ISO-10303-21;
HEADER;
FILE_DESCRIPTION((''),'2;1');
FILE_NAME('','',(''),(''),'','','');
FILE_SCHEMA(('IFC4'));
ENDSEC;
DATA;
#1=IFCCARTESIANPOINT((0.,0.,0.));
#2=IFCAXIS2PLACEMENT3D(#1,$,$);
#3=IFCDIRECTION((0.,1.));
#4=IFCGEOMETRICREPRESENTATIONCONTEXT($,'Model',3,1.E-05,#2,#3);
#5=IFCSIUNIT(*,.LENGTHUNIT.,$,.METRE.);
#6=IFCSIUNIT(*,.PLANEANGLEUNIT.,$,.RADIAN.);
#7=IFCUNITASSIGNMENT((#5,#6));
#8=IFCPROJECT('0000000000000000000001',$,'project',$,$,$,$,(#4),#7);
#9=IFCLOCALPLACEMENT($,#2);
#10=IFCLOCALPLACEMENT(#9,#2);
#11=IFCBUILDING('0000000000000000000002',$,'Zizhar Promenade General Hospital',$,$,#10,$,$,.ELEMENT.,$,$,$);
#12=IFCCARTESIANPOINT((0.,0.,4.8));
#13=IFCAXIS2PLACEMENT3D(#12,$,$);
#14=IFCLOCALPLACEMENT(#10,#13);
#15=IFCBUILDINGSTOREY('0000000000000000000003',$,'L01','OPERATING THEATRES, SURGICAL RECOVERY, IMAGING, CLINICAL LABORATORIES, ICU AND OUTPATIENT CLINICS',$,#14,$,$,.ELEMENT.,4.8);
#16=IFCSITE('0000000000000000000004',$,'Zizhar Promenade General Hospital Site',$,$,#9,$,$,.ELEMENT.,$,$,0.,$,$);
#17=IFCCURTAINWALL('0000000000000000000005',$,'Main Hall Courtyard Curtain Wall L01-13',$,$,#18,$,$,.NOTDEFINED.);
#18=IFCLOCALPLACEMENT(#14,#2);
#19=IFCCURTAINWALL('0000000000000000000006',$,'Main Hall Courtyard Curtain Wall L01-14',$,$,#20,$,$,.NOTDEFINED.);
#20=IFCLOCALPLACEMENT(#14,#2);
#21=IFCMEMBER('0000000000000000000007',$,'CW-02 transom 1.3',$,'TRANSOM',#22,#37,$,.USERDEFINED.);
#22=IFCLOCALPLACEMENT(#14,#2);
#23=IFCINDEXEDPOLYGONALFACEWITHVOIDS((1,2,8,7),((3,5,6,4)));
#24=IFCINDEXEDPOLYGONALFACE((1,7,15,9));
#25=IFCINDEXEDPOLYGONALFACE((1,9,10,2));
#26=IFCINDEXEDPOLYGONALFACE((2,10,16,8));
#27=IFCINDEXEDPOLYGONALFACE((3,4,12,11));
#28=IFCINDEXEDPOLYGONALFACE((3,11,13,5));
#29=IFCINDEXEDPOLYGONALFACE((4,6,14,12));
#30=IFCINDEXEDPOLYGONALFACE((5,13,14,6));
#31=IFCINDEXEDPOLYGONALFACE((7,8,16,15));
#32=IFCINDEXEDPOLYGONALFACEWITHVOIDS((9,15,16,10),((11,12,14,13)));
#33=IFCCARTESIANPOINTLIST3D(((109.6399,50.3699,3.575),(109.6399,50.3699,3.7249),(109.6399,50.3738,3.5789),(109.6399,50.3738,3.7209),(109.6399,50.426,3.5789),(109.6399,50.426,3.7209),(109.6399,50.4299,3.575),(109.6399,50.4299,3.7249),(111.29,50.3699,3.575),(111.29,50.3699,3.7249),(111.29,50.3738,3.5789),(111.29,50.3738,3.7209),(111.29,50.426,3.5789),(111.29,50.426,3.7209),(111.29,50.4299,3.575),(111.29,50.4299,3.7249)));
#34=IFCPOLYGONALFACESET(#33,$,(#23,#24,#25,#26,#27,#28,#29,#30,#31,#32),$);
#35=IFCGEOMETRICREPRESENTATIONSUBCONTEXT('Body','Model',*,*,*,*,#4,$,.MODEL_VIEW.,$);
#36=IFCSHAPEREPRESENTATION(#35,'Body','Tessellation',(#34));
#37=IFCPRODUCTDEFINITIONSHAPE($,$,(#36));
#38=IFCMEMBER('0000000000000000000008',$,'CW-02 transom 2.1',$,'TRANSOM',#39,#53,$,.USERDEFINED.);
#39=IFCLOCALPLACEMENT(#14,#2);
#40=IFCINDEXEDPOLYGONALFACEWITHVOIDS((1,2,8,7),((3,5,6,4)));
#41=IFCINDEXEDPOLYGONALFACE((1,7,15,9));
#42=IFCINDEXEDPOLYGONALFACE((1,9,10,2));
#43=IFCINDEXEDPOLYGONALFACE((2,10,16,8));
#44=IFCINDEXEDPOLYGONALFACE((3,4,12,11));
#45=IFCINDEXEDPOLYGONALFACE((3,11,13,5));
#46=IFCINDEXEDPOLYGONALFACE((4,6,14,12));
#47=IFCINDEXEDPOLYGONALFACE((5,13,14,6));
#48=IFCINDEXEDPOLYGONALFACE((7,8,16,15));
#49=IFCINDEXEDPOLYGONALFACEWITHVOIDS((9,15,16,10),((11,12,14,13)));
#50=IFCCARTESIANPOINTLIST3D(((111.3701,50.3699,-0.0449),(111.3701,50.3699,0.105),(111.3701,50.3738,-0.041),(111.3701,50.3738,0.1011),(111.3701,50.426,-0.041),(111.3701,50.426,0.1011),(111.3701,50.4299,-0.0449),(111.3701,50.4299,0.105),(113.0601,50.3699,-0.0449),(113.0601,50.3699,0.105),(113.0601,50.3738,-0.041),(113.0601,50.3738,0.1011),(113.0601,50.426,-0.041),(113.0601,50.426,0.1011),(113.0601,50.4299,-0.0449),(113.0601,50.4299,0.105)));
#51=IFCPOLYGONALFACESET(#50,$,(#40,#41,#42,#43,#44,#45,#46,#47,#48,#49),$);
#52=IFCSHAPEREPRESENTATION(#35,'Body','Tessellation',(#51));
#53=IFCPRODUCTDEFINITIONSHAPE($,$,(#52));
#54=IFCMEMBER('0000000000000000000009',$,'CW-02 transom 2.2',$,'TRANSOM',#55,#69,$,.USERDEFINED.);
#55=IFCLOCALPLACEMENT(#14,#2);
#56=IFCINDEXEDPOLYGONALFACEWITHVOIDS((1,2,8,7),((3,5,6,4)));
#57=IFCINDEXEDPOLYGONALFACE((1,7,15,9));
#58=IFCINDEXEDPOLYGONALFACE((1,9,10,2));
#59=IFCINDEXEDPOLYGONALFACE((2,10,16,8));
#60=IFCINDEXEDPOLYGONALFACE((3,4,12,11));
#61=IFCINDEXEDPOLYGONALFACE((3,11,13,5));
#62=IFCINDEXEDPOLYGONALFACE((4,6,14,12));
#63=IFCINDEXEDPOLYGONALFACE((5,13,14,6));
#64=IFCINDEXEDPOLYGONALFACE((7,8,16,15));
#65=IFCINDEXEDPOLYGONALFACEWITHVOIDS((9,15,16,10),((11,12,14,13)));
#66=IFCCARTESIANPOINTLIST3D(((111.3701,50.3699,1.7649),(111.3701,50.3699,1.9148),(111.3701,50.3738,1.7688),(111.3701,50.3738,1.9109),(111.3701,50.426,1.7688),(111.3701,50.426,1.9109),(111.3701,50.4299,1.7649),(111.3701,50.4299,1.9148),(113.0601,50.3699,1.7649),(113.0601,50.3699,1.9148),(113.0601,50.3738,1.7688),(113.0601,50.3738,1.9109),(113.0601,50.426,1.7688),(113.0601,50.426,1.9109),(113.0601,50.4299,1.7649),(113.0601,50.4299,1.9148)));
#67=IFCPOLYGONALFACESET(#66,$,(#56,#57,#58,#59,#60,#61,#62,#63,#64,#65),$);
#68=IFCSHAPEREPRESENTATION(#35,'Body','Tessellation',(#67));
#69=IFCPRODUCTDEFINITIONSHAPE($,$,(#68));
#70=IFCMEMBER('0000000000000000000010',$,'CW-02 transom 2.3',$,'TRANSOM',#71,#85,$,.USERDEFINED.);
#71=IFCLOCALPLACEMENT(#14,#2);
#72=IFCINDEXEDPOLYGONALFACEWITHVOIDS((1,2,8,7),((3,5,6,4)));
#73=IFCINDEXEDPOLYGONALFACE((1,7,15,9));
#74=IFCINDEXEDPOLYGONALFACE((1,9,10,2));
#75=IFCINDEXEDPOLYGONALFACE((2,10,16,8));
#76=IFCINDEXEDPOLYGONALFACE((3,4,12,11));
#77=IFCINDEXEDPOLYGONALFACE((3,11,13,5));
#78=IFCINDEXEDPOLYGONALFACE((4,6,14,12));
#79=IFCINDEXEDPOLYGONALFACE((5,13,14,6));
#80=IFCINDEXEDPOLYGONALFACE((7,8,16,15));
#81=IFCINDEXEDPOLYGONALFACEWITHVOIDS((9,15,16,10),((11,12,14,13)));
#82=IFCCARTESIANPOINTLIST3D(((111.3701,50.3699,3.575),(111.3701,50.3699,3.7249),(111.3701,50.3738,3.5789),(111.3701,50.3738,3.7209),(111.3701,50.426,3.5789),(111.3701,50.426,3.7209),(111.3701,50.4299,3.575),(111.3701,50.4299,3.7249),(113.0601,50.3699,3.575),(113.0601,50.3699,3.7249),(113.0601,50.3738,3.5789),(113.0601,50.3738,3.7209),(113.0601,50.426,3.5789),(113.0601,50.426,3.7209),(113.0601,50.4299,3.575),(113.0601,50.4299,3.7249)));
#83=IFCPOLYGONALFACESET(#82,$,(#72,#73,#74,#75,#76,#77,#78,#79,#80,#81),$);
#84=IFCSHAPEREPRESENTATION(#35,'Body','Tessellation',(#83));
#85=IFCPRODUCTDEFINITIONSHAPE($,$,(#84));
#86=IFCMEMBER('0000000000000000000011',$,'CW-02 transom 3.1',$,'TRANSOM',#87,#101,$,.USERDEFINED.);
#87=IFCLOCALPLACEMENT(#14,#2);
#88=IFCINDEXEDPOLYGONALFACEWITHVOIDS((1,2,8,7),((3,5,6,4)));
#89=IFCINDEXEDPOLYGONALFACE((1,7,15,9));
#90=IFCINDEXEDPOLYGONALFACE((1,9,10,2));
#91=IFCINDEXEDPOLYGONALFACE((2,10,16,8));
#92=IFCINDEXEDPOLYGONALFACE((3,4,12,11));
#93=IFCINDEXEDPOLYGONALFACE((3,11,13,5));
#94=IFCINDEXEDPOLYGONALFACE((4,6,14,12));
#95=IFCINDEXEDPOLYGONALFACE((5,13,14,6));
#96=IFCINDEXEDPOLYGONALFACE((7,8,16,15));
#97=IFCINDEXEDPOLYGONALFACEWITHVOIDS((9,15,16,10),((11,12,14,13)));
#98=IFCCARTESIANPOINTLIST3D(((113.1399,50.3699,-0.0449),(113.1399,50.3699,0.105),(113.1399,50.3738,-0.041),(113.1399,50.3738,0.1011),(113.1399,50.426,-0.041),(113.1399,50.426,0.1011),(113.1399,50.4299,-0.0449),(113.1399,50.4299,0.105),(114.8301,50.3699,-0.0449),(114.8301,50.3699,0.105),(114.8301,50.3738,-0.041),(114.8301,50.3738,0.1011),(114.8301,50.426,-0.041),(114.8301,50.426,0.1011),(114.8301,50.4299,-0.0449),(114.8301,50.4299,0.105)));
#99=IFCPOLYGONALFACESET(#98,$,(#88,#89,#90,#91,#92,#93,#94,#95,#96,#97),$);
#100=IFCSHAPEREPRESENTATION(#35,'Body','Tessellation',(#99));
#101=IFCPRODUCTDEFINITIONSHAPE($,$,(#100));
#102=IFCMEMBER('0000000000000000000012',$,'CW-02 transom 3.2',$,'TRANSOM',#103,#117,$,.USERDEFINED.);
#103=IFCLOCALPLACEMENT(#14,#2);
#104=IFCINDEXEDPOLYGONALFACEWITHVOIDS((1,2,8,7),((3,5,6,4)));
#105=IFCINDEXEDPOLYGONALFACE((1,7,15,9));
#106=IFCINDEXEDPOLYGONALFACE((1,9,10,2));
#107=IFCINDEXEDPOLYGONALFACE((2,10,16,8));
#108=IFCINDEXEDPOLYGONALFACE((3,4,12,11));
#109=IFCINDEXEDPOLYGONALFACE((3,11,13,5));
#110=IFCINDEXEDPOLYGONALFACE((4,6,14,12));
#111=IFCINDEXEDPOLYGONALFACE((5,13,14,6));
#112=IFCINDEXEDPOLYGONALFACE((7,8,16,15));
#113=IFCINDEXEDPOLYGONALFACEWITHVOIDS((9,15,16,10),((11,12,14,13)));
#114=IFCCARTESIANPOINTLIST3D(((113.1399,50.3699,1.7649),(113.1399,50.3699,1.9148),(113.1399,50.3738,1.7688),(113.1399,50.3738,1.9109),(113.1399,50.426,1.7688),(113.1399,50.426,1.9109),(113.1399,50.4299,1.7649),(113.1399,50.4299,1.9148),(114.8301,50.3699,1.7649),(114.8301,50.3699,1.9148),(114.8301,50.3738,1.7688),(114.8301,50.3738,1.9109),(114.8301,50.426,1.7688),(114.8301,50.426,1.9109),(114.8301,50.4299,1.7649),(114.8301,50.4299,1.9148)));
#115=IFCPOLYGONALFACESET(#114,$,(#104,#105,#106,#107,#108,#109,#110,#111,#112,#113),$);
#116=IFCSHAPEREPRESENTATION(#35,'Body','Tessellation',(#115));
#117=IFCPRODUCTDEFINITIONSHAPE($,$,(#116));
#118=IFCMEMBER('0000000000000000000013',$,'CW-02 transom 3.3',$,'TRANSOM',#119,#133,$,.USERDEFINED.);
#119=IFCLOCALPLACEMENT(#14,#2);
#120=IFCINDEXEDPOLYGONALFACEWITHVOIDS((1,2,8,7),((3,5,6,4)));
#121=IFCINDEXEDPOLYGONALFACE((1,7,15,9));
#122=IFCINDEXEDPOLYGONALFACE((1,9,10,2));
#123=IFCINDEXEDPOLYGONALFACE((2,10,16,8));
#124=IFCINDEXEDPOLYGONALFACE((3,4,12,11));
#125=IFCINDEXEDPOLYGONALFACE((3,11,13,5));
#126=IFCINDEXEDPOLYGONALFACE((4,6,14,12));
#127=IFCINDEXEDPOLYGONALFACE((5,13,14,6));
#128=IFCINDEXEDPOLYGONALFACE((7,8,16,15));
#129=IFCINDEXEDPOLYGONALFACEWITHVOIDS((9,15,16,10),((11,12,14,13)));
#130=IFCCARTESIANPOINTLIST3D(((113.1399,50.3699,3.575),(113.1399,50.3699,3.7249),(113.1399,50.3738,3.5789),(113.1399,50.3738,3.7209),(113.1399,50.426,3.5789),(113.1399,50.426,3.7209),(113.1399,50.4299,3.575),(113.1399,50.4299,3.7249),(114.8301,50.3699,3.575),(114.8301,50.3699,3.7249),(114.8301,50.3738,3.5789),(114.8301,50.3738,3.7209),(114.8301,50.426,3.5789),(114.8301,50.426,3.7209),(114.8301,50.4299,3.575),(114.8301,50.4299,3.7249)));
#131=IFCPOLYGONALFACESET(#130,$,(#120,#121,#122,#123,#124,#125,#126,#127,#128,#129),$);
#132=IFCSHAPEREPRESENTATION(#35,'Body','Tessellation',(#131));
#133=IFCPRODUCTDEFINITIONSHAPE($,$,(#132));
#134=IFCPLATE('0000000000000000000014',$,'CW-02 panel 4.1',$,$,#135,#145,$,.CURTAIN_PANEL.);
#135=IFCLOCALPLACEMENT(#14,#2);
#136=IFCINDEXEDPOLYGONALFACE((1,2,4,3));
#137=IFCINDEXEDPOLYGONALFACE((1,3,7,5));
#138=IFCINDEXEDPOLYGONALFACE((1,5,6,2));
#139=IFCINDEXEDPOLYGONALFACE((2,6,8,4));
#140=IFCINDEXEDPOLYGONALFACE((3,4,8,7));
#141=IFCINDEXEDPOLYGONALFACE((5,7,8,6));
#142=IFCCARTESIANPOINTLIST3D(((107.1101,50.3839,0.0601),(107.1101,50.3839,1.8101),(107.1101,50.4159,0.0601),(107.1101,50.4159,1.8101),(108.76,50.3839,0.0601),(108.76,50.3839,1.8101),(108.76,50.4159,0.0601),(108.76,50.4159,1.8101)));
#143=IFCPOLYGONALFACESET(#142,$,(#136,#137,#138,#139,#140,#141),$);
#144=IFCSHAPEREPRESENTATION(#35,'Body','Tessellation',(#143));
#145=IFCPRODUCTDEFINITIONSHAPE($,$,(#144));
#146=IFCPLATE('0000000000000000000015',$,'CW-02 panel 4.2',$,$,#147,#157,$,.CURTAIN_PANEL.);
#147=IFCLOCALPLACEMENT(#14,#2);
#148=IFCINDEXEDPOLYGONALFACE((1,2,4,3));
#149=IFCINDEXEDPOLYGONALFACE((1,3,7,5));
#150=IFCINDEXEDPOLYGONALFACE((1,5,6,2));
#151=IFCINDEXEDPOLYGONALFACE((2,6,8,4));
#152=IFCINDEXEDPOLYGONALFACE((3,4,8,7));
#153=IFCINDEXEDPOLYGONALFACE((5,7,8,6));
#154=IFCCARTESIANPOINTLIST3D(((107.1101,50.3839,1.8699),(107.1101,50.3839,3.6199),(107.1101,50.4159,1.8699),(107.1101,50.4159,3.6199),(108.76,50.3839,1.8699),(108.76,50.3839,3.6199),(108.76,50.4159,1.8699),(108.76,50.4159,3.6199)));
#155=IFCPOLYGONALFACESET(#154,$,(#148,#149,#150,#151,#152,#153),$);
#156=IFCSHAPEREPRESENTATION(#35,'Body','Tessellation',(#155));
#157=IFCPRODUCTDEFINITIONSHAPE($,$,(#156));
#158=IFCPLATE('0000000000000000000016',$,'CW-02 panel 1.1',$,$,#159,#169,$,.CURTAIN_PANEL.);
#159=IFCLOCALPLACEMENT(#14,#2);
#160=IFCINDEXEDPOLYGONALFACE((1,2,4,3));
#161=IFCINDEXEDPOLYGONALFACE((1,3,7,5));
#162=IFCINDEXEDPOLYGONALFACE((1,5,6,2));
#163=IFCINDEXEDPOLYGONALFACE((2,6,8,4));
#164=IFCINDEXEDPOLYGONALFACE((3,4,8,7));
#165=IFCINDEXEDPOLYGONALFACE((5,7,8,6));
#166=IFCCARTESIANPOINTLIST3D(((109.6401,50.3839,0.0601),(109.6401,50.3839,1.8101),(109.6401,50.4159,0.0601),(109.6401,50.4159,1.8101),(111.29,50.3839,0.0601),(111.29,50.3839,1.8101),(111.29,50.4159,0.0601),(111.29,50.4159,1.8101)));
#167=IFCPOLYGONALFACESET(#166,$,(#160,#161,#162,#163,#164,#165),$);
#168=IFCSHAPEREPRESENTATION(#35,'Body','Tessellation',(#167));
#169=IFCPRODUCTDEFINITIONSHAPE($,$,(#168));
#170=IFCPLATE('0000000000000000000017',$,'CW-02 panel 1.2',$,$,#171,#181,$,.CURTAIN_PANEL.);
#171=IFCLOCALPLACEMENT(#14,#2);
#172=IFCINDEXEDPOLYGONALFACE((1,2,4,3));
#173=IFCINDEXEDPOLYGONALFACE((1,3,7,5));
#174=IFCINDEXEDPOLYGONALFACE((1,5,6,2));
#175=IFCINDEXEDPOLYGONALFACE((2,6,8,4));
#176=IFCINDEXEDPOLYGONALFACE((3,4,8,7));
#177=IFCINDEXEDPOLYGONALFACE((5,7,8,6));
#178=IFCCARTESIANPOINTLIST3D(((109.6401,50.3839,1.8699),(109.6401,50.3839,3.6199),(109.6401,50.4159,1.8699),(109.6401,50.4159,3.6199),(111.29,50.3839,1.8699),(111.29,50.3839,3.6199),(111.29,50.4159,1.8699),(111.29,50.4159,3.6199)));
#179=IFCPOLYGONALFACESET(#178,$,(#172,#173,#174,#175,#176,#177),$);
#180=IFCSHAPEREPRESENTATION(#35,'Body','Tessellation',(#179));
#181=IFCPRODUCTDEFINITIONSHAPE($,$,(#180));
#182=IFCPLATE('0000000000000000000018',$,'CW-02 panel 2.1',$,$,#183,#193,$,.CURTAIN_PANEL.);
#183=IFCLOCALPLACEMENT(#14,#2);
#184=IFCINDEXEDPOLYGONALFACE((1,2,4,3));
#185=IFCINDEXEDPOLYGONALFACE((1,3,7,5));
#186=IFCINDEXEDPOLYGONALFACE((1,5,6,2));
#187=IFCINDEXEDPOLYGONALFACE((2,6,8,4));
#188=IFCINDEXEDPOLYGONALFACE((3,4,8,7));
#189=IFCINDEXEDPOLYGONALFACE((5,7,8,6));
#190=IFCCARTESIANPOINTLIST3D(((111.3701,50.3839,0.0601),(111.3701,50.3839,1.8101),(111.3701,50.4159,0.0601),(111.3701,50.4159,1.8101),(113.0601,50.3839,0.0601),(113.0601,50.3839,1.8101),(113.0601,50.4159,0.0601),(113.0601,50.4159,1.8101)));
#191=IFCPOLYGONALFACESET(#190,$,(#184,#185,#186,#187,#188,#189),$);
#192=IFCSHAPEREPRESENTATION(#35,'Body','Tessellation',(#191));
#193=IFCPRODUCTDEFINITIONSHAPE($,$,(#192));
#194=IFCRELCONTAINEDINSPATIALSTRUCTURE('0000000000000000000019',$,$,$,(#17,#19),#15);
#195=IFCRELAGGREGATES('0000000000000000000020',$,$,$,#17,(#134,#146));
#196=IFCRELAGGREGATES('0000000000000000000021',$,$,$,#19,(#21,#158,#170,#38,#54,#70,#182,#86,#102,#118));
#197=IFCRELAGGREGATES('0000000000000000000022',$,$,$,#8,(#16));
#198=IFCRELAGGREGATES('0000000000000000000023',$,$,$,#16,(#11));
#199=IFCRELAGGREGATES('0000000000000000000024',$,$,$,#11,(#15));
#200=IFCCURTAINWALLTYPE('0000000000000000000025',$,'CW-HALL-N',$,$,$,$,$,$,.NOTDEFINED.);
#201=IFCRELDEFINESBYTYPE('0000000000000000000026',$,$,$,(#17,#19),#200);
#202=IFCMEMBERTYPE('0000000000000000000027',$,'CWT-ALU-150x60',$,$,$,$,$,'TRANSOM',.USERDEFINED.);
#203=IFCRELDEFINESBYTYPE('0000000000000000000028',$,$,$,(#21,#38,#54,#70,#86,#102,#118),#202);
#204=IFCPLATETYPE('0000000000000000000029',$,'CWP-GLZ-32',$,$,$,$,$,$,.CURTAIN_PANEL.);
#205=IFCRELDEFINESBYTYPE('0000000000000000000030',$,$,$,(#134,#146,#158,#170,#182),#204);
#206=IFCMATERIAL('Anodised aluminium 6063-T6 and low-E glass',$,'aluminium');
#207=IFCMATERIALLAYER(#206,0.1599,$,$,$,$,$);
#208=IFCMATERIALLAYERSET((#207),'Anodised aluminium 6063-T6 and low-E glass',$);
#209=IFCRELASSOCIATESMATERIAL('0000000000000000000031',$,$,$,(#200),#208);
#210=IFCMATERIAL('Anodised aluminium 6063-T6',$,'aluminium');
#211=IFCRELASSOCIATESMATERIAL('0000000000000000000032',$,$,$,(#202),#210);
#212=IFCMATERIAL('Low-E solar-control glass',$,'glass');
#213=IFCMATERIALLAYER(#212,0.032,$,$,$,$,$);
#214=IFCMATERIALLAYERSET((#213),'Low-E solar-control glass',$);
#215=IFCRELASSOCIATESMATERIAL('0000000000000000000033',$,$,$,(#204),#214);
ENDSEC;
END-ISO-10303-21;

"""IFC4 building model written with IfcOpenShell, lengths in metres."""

from ifc_helpers import new_model, si_unit, direction, frame, origin, origin_2d, place, context, subcontext, project, spatial, rectangle, hollow_rectangle, extrude, material, layer, layer_set, material_profile, profile_set, type_object, element, aggregate, save


model = new_model("IFC4")

# Units and contexts
model_context = context("Model", 3, precision=1e-05, world=origin(), true_north=direction((0.0, 1.0)))
body_context = subcontext(model_context, "Body", "Model", "MODEL_VIEW")
ifc_project = project(units=[si_unit("LENGTHUNIT", "METRE"), si_unit("PLANEANGLEUNIT", "RADIAN")], contexts=[model_context])

# Site, building, storey
site_placement = place(None, origin())
site = spatial("IfcSite", under=ifc_project, at=site_placement, Name="Zizhar Promenade General Hospital Site", CompositionType="ELEMENT", RefElevation=0.0)
building_placement = place(site_placement, origin())
building = spatial("IfcBuilding", under=site, at=building_placement, Name="Zizhar Promenade General Hospital", CompositionType="ELEMENT")
storey_placement = place(building_placement, frame((0.0, 0.0, 4.8)))
storey = spatial("IfcBuildingStorey", under=building, at=storey_placement, Name="L01", Description="OPERATING THEATRES, SURGICAL RECOVERY, IMAGING, CLINICAL LABORATORIES, ICU AND OUTPATIENT CLINICS", CompositionType="ELEMENT", Elevation=4.8)

# Curtain wall
ifc_material_1 = material(Name="Anodised aluminium 6063-T6 and low-E glass", Category="aluminium")
ifc_layer_1 = layer(ifc_material_1, 0.1599)
ifc_layer_set_1 = layer_set([ifc_layer_1], Name="Anodised aluminium 6063-T6 and low-E glass")
curtain_wall_type = type_object("IfcCurtainWallType", Name="CW-HALL-N", PredefinedType="NOTDEFINED", material=ifc_layer_set_1)
curtain_wall_1_placement = place(storey_placement, origin())
curtain_wall_1 = element("IfcCurtainWall", 1, at=curtain_wall_1_placement, inside=storey, type_object=curtain_wall_type, Name="Main Hall Courtyard Curtain Wall L01-13", PredefinedType="NOTDEFINED")

# Curtain wall
curtain_wall_2_placement = place(storey_placement, origin())
curtain_wall_2 = element("IfcCurtainWall", 2, at=curtain_wall_2_placement, inside=storey, type_object=curtain_wall_type, Name="Main Hall Courtyard Curtain Wall L01-14", PredefinedType="NOTDEFINED")

# Members
ifc_material_2 = material(Name="Anodised aluminium 6063-T6", Category="aluminium")
ifc_material_profile_1 = material_profile(ifc_material_2, hollow_rectangle(XDim=0.0601, YDim=0.1499, WallThickness=0.0039, at=origin_2d()))
ifc_profile_set_1 = profile_set([ifc_material_profile_1], Name="Anodised aluminium 6063-T6")
member_type_1 = type_object("IfcMemberType", Name="CWT-ALU-150x60", ElementType="TRANSOM", PredefinedType="USERDEFINED", material=ifc_profile_set_1)
member_1_placement = place(storey_placement, frame((109.6399, 50.3999, 3.6499), z_axis=(1.0, 0.0, 0.0), x_axis=(0.0, 1.0, 0.0)))
member_1 = element("IfcMember", 3, at=member_1_placement, type_object=member_type_1, Name="CW-02 transom 1.3", ObjectType="TRANSOM", PredefinedType="USERDEFINED", context=body_context, shape_type="SweptSolid", body=[
    extrude(hollow_rectangle(XDim=0.0601, YDim=0.1499, WallThickness=0.0039, at=origin_2d()), origin(), (0.0, 0.0, 1.0), 1.6501),
])
member_2_placement = place(storey_placement, frame((111.3701, 50.3999, 0.03), z_axis=(1.0, 0.0, 0.0), x_axis=(0.0, 1.0, 0.0)))
member_2 = element("IfcMember", 4, at=member_2_placement, type_object=member_type_1, Name="CW-02 transom 2.1", ObjectType="TRANSOM", PredefinedType="USERDEFINED", context=body_context, shape_type="SweptSolid", body=[
    extrude(hollow_rectangle(XDim=0.0601, YDim=0.1499, WallThickness=0.0039, at=origin_2d()), origin(), (0.0, 0.0, 1.0), 1.6899),
])
member_3_placement = place(storey_placement, frame((111.3701, 50.3999, 1.8398), z_axis=(1.0, 0.0, 0.0), x_axis=(0.0, 1.0, 0.0)))
member_3 = element("IfcMember", 5, at=member_3_placement, type_object=member_type_1, Name="CW-02 transom 2.2", ObjectType="TRANSOM", PredefinedType="USERDEFINED", context=body_context, shape_type="SweptSolid", body=[
    extrude(hollow_rectangle(XDim=0.0601, YDim=0.1499, WallThickness=0.0039, at=origin_2d()), origin(), (0.0, 0.0, 1.0), 1.6899),
])
member_4_placement = place(storey_placement, frame((111.3701, 50.3999, 3.6499), z_axis=(1.0, 0.0, 0.0), x_axis=(0.0, 1.0, 0.0)))
member_4 = element("IfcMember", 6, at=member_4_placement, type_object=member_type_1, Name="CW-02 transom 2.3", ObjectType="TRANSOM", PredefinedType="USERDEFINED", context=body_context, shape_type="SweptSolid", body=[
    extrude(hollow_rectangle(XDim=0.0601, YDim=0.1499, WallThickness=0.0039, at=origin_2d()), origin(), (0.0, 0.0, 1.0), 1.6899),
])
member_5_placement = place(storey_placement, frame((113.1399, 50.3999, 0.03), z_axis=(1.0, 0.0, 0.0), x_axis=(0.0, 1.0, 0.0)))
member_5 = element("IfcMember", 7, at=member_5_placement, type_object=member_type_1, Name="CW-02 transom 3.1", ObjectType="TRANSOM", PredefinedType="USERDEFINED", context=body_context, shape_type="SweptSolid", body=[
    extrude(hollow_rectangle(XDim=0.0601, YDim=0.1499, WallThickness=0.0039, at=origin_2d()), origin(), (0.0, 0.0, 1.0), 1.6902),
])
member_6_placement = place(storey_placement, frame((113.1399, 50.3999, 1.8398), z_axis=(1.0, 0.0, 0.0), x_axis=(0.0, 1.0, 0.0)))
member_6 = element("IfcMember", 8, at=member_6_placement, type_object=member_type_1, Name="CW-02 transom 3.2", ObjectType="TRANSOM", PredefinedType="USERDEFINED", context=body_context, shape_type="SweptSolid", body=[
    extrude(hollow_rectangle(XDim=0.0601, YDim=0.1499, WallThickness=0.0039, at=origin_2d()), origin(), (0.0, 0.0, 1.0), 1.6902),
])
member_7_placement = place(storey_placement, frame((113.1399, 50.3999, 3.6499), z_axis=(1.0, 0.0, 0.0), x_axis=(0.0, 1.0, 0.0)))
member_7 = element("IfcMember", 9, at=member_7_placement, type_object=member_type_1, Name="CW-02 transom 3.3", ObjectType="TRANSOM", PredefinedType="USERDEFINED", context=body_context, shape_type="SweptSolid", body=[
    extrude(hollow_rectangle(XDim=0.0601, YDim=0.1499, WallThickness=0.0039, at=origin_2d()), origin(), (0.0, 0.0, 1.0), 1.6902),
])

# Plates
ifc_material_3 = material(Name="Low-E solar-control glass", Category="glass")
ifc_layer_2 = layer(ifc_material_3, 0.032)
ifc_layer_set_2 = layer_set([ifc_layer_2], Name="Low-E solar-control glass")
plate_type = type_object("IfcPlateType", Name="CWP-GLZ-32", PredefinedType="CURTAIN_PANEL", material=ifc_layer_set_2)
plate_1_placement = place(storey_placement, frame((107.9351, 50.3999, 0.0601), z_axis=(0.0, 0.0, 1.0), x_axis=(1.0, 0.0, 0.0)))
plate_1 = element("IfcPlate", 10, at=plate_1_placement, type_object=plate_type, Name="CW-02 panel 4.1", PredefinedType="CURTAIN_PANEL", context=body_context, shape_type="SweptSolid", body=[
    extrude(rectangle(XDim=1.6499, YDim=0.032, at=origin_2d()), origin(), (0.0, 0.0, 1.0), 1.75),
])
plate_2_placement = place(storey_placement, frame((107.9351, 50.3999, 1.8699), z_axis=(0.0, 0.0, 1.0), x_axis=(1.0, 0.0, 0.0)))
plate_2 = element("IfcPlate", 11, at=plate_2_placement, type_object=plate_type, Name="CW-02 panel 4.2", PredefinedType="CURTAIN_PANEL", context=body_context, shape_type="SweptSolid", body=[
    extrude(rectangle(XDim=1.6499, YDim=0.032, at=origin_2d()), origin(), (0.0, 0.0, 1.0), 1.75),
])
aggregate(curtain_wall_1, [plate_1, plate_2])
plate_3_placement = place(storey_placement, frame((110.4651, 50.3999, 0.0601), z_axis=(0.0, 0.0, 1.0), x_axis=(1.0, 0.0, 0.0)))
plate_3 = element("IfcPlate", 12, at=plate_3_placement, type_object=plate_type, Name="CW-02 panel 1.1", PredefinedType="CURTAIN_PANEL", context=body_context, shape_type="SweptSolid", body=[
    extrude(rectangle(XDim=1.6499, YDim=0.032, at=origin_2d()), origin(), (0.0, 0.0, 1.0), 1.75),
])
plate_4_placement = place(storey_placement, frame((110.4651, 50.3999, 1.8699), z_axis=(0.0, 0.0, 1.0), x_axis=(1.0, 0.0, 0.0)))
plate_4 = element("IfcPlate", 13, at=plate_4_placement, type_object=plate_type, Name="CW-02 panel 1.2", PredefinedType="CURTAIN_PANEL", context=body_context, shape_type="SweptSolid", body=[
    extrude(rectangle(XDim=1.6499, YDim=0.032, at=origin_2d()), origin(), (0.0, 0.0, 1.0), 1.75),
])
plate_5_placement = place(storey_placement, frame((112.2151, 50.3999, 0.0601), z_axis=(0.0, 0.0, 1.0), x_axis=(1.0, 0.0, 0.0)))
plate_5 = element("IfcPlate", 14, at=plate_5_placement, type_object=plate_type, Name="CW-02 panel 2.1", PredefinedType="CURTAIN_PANEL", context=body_context, shape_type="SweptSolid", body=[
    extrude(rectangle(XDim=1.6899, YDim=0.032, at=origin_2d()), origin(), (0.0, 0.0, 1.0), 1.75),
])
aggregate(curtain_wall_2, [member_1, plate_3, plate_4, member_2, member_3, member_4, plate_5, member_5, member_6, member_7])

save(model, "model.ifc")
